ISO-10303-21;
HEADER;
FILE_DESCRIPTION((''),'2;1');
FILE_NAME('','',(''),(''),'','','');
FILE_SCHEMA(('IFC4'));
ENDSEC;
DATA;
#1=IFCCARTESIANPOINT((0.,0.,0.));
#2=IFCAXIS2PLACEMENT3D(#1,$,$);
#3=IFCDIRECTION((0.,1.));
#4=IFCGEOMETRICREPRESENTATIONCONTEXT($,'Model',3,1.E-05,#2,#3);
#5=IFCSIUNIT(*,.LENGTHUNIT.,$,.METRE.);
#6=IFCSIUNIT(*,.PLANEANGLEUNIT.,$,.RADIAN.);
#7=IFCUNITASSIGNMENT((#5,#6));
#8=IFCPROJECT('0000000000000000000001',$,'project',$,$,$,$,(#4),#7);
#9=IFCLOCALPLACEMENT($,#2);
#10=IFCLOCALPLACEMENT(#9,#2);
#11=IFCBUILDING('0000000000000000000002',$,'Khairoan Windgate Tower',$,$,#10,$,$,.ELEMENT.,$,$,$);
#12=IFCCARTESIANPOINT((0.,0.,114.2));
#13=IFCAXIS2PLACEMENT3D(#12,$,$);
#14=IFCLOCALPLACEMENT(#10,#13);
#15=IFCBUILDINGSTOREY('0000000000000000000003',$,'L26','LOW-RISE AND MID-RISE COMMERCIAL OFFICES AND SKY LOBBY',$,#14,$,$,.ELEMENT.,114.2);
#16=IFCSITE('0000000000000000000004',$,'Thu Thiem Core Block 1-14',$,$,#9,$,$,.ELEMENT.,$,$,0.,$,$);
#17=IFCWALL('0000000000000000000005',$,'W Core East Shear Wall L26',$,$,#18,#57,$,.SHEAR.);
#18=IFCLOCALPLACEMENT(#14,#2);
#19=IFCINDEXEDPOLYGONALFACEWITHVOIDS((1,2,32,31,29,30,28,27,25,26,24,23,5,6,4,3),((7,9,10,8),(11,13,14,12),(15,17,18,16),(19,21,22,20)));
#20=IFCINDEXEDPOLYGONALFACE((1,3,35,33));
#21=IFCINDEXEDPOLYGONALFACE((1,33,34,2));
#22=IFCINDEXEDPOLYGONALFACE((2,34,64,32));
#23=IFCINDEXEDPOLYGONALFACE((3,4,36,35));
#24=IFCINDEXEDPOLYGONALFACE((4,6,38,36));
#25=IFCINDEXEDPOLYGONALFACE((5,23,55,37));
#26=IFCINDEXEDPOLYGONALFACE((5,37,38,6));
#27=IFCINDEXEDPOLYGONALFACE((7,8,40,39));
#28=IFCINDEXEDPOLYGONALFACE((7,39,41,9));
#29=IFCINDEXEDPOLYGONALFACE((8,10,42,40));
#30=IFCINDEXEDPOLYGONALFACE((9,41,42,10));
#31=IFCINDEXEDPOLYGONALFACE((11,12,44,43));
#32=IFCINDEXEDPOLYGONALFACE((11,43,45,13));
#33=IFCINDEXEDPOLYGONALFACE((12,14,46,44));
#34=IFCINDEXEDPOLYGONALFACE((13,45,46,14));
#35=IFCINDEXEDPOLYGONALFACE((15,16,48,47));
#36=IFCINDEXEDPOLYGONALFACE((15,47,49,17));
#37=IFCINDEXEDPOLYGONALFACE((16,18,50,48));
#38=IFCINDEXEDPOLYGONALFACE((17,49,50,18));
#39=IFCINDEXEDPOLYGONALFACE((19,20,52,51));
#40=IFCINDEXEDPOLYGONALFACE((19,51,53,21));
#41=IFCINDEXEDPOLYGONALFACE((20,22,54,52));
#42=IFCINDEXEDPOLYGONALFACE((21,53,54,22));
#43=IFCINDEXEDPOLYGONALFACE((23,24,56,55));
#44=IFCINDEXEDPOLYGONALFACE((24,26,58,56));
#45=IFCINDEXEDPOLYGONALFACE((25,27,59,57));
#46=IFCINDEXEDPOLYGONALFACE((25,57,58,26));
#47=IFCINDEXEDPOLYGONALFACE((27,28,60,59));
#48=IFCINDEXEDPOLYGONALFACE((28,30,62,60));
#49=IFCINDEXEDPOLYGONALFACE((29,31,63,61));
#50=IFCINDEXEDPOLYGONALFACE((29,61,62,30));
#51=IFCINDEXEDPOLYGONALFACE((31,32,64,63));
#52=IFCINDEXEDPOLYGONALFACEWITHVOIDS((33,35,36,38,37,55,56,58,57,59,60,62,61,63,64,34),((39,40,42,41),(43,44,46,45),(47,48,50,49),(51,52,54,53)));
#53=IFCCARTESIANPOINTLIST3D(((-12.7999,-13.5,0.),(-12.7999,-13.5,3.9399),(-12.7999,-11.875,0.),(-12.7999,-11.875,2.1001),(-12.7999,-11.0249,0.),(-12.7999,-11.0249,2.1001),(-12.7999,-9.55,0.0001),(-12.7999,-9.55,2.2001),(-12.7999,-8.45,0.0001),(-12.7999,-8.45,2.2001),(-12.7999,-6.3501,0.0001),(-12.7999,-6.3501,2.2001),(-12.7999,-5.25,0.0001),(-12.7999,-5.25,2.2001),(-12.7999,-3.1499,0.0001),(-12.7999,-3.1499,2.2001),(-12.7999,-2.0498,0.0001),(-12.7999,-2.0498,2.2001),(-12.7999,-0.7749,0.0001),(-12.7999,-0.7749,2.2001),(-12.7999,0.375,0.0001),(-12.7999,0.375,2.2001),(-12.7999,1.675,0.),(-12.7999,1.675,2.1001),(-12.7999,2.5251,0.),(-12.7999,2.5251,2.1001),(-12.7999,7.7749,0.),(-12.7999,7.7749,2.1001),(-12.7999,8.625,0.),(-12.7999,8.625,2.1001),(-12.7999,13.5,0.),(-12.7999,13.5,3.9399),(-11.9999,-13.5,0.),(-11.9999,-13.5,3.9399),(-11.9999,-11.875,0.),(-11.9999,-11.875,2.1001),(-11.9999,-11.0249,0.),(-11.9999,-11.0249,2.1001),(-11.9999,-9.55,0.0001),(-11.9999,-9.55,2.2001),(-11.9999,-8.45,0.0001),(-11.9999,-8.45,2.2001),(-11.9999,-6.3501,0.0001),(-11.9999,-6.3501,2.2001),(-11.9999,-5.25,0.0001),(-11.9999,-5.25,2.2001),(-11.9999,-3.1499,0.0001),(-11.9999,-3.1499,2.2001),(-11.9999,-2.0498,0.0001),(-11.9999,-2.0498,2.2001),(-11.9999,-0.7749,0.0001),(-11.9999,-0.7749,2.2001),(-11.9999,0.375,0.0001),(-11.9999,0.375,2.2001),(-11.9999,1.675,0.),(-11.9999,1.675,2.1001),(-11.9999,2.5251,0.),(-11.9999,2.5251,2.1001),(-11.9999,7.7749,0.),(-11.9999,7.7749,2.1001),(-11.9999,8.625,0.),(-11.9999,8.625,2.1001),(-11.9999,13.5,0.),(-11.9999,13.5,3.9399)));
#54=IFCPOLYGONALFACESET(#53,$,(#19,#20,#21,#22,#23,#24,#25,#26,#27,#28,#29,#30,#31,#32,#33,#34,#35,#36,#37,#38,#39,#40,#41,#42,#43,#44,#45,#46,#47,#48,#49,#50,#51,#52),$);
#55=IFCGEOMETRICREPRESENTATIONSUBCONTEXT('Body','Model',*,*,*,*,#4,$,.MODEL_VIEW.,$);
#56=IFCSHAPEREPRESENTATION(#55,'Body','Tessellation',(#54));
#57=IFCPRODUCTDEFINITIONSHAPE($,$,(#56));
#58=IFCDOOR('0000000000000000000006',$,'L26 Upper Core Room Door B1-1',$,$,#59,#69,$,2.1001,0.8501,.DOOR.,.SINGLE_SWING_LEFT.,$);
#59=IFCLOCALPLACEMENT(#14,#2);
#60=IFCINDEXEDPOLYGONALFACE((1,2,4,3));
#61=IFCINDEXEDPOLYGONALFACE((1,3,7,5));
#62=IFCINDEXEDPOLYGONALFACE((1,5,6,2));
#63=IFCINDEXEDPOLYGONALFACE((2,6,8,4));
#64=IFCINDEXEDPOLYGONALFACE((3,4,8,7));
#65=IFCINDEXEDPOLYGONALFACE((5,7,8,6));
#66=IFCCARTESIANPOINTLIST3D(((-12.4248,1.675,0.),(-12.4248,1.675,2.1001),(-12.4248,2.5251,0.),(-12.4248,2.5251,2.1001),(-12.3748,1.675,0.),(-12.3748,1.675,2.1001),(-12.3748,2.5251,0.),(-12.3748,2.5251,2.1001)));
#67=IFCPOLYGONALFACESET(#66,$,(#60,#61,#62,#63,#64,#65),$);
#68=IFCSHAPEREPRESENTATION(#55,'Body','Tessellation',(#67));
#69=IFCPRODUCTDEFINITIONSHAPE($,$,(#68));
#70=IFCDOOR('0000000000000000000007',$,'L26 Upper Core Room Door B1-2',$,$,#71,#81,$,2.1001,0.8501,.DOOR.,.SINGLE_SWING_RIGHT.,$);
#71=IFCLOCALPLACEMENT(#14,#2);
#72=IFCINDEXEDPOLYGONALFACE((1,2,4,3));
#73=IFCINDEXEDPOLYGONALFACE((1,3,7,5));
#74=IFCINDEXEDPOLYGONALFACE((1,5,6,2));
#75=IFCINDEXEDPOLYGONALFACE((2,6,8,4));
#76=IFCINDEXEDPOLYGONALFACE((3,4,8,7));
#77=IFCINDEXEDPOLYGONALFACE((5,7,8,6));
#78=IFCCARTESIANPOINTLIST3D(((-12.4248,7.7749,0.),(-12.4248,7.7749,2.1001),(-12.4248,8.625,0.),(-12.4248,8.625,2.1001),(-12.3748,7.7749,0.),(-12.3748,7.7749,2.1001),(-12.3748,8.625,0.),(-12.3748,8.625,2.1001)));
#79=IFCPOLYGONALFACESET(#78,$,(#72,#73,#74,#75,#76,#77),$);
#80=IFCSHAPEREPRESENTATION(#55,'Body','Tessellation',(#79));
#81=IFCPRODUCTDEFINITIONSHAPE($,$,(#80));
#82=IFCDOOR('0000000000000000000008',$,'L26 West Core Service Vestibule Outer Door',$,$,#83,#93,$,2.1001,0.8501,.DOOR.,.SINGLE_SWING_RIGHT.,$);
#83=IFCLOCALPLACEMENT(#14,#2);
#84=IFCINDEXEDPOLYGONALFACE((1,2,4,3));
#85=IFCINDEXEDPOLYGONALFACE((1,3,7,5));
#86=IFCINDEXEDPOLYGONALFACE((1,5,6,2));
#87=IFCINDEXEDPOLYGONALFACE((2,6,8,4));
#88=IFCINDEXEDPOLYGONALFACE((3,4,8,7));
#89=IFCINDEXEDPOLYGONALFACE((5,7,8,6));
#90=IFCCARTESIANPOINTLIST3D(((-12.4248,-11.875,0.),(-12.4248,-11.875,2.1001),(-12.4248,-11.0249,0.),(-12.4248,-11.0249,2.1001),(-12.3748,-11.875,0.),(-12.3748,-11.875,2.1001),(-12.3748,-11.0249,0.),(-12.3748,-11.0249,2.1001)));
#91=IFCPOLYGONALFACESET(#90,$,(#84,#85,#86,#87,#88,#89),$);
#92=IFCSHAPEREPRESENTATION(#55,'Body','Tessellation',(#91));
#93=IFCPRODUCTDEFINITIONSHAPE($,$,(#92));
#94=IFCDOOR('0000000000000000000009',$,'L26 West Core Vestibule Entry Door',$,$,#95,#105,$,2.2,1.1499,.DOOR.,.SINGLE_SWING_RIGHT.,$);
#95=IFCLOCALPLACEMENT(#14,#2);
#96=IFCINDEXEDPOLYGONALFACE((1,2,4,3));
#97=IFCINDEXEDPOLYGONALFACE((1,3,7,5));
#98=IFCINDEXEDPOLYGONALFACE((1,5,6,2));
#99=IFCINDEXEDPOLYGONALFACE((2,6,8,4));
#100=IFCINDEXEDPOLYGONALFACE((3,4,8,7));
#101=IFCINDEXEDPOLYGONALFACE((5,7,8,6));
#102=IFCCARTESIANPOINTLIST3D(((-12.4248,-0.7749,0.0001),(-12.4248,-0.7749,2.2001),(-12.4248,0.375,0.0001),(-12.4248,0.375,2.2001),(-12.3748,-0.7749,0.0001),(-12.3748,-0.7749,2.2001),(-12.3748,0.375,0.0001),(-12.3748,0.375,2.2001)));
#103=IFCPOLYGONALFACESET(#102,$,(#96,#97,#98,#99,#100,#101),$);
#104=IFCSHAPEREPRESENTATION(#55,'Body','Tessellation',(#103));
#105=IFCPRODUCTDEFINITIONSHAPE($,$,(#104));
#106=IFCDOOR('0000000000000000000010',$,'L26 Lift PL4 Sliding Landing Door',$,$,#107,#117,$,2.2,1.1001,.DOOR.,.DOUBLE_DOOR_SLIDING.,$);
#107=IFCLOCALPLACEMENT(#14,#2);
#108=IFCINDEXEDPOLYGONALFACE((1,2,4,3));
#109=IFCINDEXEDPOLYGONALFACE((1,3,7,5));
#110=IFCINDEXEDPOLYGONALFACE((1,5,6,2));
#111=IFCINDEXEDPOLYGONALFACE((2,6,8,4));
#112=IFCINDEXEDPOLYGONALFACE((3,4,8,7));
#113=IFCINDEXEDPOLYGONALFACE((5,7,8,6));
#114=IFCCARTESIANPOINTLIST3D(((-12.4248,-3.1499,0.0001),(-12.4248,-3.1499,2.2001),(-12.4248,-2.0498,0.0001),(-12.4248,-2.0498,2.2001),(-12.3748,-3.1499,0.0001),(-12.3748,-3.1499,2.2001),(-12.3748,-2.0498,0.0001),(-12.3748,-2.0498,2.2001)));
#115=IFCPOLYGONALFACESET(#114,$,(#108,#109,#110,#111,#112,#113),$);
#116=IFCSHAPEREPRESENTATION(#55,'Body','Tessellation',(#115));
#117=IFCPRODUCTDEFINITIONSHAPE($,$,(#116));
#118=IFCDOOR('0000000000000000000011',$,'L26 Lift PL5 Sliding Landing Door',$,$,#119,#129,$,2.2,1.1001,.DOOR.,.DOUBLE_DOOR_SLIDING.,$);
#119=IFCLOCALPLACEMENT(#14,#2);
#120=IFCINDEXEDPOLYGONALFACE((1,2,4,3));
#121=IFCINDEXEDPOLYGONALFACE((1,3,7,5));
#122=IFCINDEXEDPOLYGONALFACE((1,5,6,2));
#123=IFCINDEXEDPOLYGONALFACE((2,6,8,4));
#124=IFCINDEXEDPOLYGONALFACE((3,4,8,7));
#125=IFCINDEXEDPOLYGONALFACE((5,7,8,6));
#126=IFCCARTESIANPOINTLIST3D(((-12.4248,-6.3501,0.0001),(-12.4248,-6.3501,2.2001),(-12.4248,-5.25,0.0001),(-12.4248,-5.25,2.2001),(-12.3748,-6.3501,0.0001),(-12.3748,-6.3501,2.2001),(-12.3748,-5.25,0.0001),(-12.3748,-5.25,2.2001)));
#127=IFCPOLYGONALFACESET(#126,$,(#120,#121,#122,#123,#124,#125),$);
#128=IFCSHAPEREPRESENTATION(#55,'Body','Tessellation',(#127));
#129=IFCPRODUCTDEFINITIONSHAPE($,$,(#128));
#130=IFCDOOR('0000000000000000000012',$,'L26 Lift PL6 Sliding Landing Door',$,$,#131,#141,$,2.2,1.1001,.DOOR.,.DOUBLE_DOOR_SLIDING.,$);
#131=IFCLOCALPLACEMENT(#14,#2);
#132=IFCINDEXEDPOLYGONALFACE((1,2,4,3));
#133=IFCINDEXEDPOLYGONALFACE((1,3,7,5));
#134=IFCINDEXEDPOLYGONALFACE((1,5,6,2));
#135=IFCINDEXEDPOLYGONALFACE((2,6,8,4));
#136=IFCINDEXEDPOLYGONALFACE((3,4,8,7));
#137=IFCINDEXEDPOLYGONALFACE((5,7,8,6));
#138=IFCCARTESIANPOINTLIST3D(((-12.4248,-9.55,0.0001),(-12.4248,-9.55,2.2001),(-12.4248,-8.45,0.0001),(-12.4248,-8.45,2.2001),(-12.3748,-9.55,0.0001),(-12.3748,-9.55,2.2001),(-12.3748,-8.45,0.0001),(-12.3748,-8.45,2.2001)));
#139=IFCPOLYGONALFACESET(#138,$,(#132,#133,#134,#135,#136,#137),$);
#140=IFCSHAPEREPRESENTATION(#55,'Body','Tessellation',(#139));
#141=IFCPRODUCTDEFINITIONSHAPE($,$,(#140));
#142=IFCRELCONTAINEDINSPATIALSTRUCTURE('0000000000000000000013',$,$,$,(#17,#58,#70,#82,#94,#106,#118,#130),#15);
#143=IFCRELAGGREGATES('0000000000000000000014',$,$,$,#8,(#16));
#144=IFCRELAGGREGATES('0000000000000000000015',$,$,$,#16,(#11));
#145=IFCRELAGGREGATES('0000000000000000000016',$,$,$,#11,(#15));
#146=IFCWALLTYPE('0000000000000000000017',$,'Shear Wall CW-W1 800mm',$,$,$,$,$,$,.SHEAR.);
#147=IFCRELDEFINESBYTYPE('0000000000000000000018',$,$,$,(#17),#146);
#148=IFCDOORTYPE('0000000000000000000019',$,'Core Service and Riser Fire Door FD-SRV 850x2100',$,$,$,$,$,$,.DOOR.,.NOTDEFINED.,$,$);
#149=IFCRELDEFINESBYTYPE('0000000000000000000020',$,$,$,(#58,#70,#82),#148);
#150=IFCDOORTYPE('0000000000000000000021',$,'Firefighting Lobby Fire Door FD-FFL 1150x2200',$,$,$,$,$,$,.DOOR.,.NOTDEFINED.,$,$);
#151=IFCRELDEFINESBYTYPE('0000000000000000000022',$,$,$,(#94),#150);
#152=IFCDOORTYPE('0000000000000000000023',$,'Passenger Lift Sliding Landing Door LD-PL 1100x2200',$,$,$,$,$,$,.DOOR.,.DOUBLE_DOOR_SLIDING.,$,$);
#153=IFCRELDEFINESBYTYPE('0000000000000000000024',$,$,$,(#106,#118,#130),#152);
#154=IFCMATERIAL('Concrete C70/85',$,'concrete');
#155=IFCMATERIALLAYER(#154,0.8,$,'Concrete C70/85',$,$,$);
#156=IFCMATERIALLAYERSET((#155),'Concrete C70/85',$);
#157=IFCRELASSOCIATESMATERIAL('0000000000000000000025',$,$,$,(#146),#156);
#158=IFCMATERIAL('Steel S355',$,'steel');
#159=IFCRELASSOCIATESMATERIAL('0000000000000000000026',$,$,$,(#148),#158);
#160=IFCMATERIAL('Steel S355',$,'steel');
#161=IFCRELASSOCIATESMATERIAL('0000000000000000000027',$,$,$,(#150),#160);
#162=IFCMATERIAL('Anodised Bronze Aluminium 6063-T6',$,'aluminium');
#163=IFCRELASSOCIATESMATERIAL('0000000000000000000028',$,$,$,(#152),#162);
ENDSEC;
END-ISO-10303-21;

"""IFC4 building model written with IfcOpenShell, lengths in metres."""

from ifc_helpers import new_model, si_unit, direction, frame, frame_2d, origin, place, context, subcontext, project, spatial, rectangle, extrude, material, layer, layer_set, type_object, element, fill, save


model = new_model("IFC4")

# Units and contexts
model_context = context("Model", 3, precision=1e-05, world=origin(), true_north=direction((0.0, 1.0)))
body_context = subcontext(model_context, "Body", "Model", "MODEL_VIEW")
ifc_project = project(units=[si_unit("LENGTHUNIT", "METRE"), si_unit("PLANEANGLEUNIT", "RADIAN")], contexts=[model_context])

# Site, building, storey
site_placement = place(None, origin())
site = spatial("IfcSite", under=ifc_project, at=site_placement, Name="Thu Thiem Core Block 1-14", CompositionType="ELEMENT", RefElevation=0.0)
building_placement = place(site_placement, origin())
building = spatial("IfcBuilding", under=site, at=building_placement, Name="Khairoan Windgate Tower", CompositionType="ELEMENT")
storey_placement = place(building_placement, frame((0.0, 0.0, 114.2)))
storey = spatial("IfcBuildingStorey", under=building, at=storey_placement, Name="L26", Description="LOW-RISE AND MID-RISE COMMERCIAL OFFICES AND SKY LOBBY", CompositionType="ELEMENT", Elevation=114.2)

# Wall, openings, doors
ifc_material_1 = material(Name="Concrete C70/85", Category="concrete")
ifc_layer_1 = layer(ifc_material_1, 0.8, Name="Concrete C70/85")
ifc_layer_set_1 = layer_set([ifc_layer_1], Name="Concrete C70/85")
wall_type_1 = type_object("IfcWallType", Name="Shear Wall CW-W1 800mm", PredefinedType="SHEAR", material=ifc_layer_set_1)
wall_1_placement = place(storey_placement, frame((-12.3999, -13.5, 0.0), z_axis=(0.0, 0.0, 1.0), x_axis=(0.0, 1.0, 0.0)))
wall_1 = element("IfcWall", 1, at=wall_1_placement, inside=storey, type_object=wall_type_1, Name="W Core East Shear Wall L26", PredefinedType="SHEAR", context=body_context, shape_type="SweptSolid", body=[
    extrude(rectangle(XDim=27.0, YDim=0.8, at=frame_2d((13.5, 0.0))), origin(), (0.0, 0.0, 1.0), 3.9399),
])
opening_1_placement = place(wall_1_placement, frame((10.3501, 0.0, 0.0)))
opening_1 = element("IfcOpeningElement", 2, at=opening_1_placement, cuts=wall_1, PredefinedType="OPENING", context=body_context, shape_type="SweptSolid", body=[
    extrude(rectangle(XDim=1.1001, YDim=2.2, at=frame_2d((0.55, 1.1001))), frame((0.0, 0.4099, 0.0), z_axis=(0.0, -1.0, 0.0), x_axis=(1.0, 0.0, 0.0)), (0.0, 0.0, 1.0), 0.8201),
])
opening_2_placement = place(wall_1_placement, frame((7.1499, 0.0, 0.0)))
opening_2 = element("IfcOpeningElement", 3, at=opening_2_placement, cuts=wall_1, PredefinedType="OPENING", context=body_context, shape_type="SweptSolid", body=[
    extrude(rectangle(XDim=1.1001, YDim=2.2, at=frame_2d((0.55, 1.1001))), frame((0.0, 0.4099, 0.0), z_axis=(0.0, -1.0, 0.0), x_axis=(1.0, 0.0, 0.0)), (0.0, 0.0, 1.0), 0.8201),
])
opening_3_placement = place(wall_1_placement, frame((3.95, 0.0, 0.0)))
opening_3 = element("IfcOpeningElement", 4, at=opening_3_placement, cuts=wall_1, PredefinedType="OPENING", context=body_context, shape_type="SweptSolid", body=[
    extrude(rectangle(XDim=1.1001, YDim=2.2, at=frame_2d((0.55, 1.1001))), frame((0.0, 0.4099, 0.0), z_axis=(0.0, -1.0, 0.0), x_axis=(1.0, 0.0, 0.0)), (0.0, 0.0, 1.0), 0.8201),
])
opening_4_placement = place(wall_1_placement, frame((15.175, 0.0, 0.0)))
opening_4 = element("IfcOpeningElement", 5, at=opening_4_placement, cuts=wall_1, PredefinedType="OPENING", context=body_context, shape_type="SweptSolid", body=[
    extrude(rectangle(XDim=0.8501, YDim=2.1001, at=frame_2d((0.425, 1.05))), frame((0.0, 0.4099, 0.0), z_axis=(0.0, -1.0, 0.0), x_axis=(1.0, 0.0, 0.0)), (0.0, 0.0, 1.0), 0.8201),
])
opening_5_placement = place(wall_1_placement, frame((21.2749, 0.0, 0.0)))
opening_5 = element("IfcOpeningElement", 6, at=opening_5_placement, cuts=wall_1, PredefinedType="OPENING", context=body_context, shape_type="SweptSolid", body=[
    extrude(rectangle(XDim=0.8501, YDim=2.1001, at=frame_2d((0.425, 1.05))), frame((0.0, 0.4099, 0.0), z_axis=(0.0, -1.0, 0.0), x_axis=(1.0, 0.0, 0.0)), (0.0, 0.0, 1.0), 0.8201),
])
opening_6_placement = place(wall_1_placement, frame((12.7251, 0.0, 0.0)))
opening_6 = element("IfcOpeningElement", 7, at=opening_6_placement, cuts=wall_1, PredefinedType="OPENING", context=body_context, shape_type="SweptSolid", body=[
    extrude(rectangle(XDim=1.1499, YDim=2.2, at=frame_2d((0.575, 1.1001))), frame((0.0, 0.4099, 0.0), z_axis=(0.0, -1.0, 0.0), x_axis=(1.0, 0.0, 0.0)), (0.0, 0.0, 1.0), 0.8201),
])
opening_7_placement = place(wall_1_placement, frame((1.625, 0.0, 0.0)))
opening_7 = element("IfcOpeningElement", 8, at=opening_7_placement, cuts=wall_1, PredefinedType="OPENING", context=body_context, shape_type="SweptSolid", body=[
    extrude(rectangle(XDim=0.8501, YDim=2.1001, at=frame_2d((0.425, 1.05))), frame((0.0, 0.4099, 0.0), z_axis=(0.0, -1.0, 0.0), x_axis=(1.0, 0.0, 0.0)), (0.0, 0.0, 1.0), 0.8201),
])
ifc_material_2 = material(Name="Steel S355", Category="steel")
door_type_1 = type_object("IfcDoorType", Name="Core Service and Riser Fire Door FD-SRV 850x2100", OperationType="NOTDEFINED", PredefinedType="DOOR", material=ifc_material_2)
door_1_placement = place(opening_4_placement, origin())
door_1 = element("IfcDoor", 9, at=door_1_placement, inside=storey, type_object=door_type_1, Name="L26 Upper Core Room Door B1-1", OperationType="SINGLE_SWING_LEFT", OverallHeight=2.1001, OverallWidth=0.8501, PredefinedType="DOOR", context=body_context, shape_type="SweptSolid", body=[
    extrude(rectangle(XDim=0.8501, YDim=2.1001, at=frame_2d((0.425, 1.05))), frame((0.0, 0.0249, 0.0), z_axis=(0.0, -1.0, 0.0), x_axis=(1.0, 0.0, 0.0)), (0.0, 0.0, 1.0), 0.05),
])
fill(opening_4, door_1)
door_2_placement = place(opening_5_placement, origin())
door_2 = element("IfcDoor", 10, at=door_2_placement, inside=storey, type_object=door_type_1, Name="L26 Upper Core Room Door B1-2", OperationType="SINGLE_SWING_RIGHT", OverallHeight=2.1001, OverallWidth=0.8501, PredefinedType="DOOR", context=body_context, shape_type="SweptSolid", body=[
    extrude(rectangle(XDim=0.8501, YDim=2.1001, at=frame_2d((0.425, 1.05))), frame((0.0, 0.0249, 0.0), z_axis=(0.0, -1.0, 0.0), x_axis=(1.0, 0.0, 0.0)), (0.0, 0.0, 1.0), 0.05),
])
fill(opening_5, door_2)
door_3_placement = place(opening_7_placement, origin())
door_3 = element("IfcDoor", 11, at=door_3_placement, inside=storey, type_object=door_type_1, Name="L26 West Core Service Vestibule Outer Door", OperationType="SINGLE_SWING_RIGHT", OverallHeight=2.1001, OverallWidth=0.8501, PredefinedType="DOOR", context=body_context, shape_type="SweptSolid", body=[
    extrude(rectangle(XDim=0.8501, YDim=2.1001, at=frame_2d((0.425, 1.05))), frame((0.0, 0.0249, 0.0), z_axis=(0.0, -1.0, 0.0), x_axis=(1.0, 0.0, 0.0)), (0.0, 0.0, 1.0), 0.05),
])
fill(opening_7, door_3)
ifc_material_3 = material(Name="Steel S355", Category="steel")
door_type_2 = type_object("IfcDoorType", Name="Firefighting Lobby Fire Door FD-FFL 1150x2200", OperationType="NOTDEFINED", PredefinedType="DOOR", material=ifc_material_3)
door_4_placement = place(opening_6_placement, origin())
door_4 = element("IfcDoor", 12, at=door_4_placement, inside=storey, type_object=door_type_2, Name="L26 West Core Vestibule Entry Door", OperationType="SINGLE_SWING_RIGHT", OverallHeight=2.2, OverallWidth=1.1499, PredefinedType="DOOR", context=body_context, shape_type="SweptSolid", body=[
    extrude(rectangle(XDim=1.1499, YDim=2.2, at=frame_2d((0.575, 1.1001))), frame((0.0, 0.0249, 0.0), z_axis=(0.0, -1.0, 0.0), x_axis=(1.0, 0.0, 0.0)), (0.0, 0.0, 1.0), 0.05),
])
fill(opening_6, door_4)
ifc_material_4 = material(Name="Anodised Bronze Aluminium 6063-T6", Category="aluminium")
door_type_3 = type_object("IfcDoorType", Name="Passenger Lift Sliding Landing Door LD-PL 1100x2200", OperationType="DOUBLE_DOOR_SLIDING", PredefinedType="DOOR", material=ifc_material_4)
door_5_placement = place(opening_1_placement, origin())
door_5 = element("IfcDoor", 13, at=door_5_placement, inside=storey, type_object=door_type_3, Name="L26 Lift PL4 Sliding Landing Door", OperationType="DOUBLE_DOOR_SLIDING", OverallHeight=2.2, OverallWidth=1.1001, PredefinedType="DOOR", context=body_context, shape_type="SweptSolid", body=[
    extrude(rectangle(XDim=1.1001, YDim=2.2, at=frame_2d((0.55, 1.1001))), frame((0.0, 0.0249, 0.0), z_axis=(0.0, -1.0, 0.0), x_axis=(1.0, 0.0, 0.0)), (0.0, 0.0, 1.0), 0.05),
])
fill(opening_1, door_5)
door_6_placement = place(opening_2_placement, origin())
door_6 = element("IfcDoor", 14, at=door_6_placement, inside=storey, type_object=door_type_3, Name="L26 Lift PL5 Sliding Landing Door", OperationType="DOUBLE_DOOR_SLIDING", OverallHeight=2.2, OverallWidth=1.1001, PredefinedType="DOOR", context=body_context, shape_type="SweptSolid", body=[
    extrude(rectangle(XDim=1.1001, YDim=2.2, at=frame_2d((0.55, 1.1001))), frame((0.0, 0.0249, 0.0), z_axis=(0.0, -1.0, 0.0), x_axis=(1.0, 0.0, 0.0)), (0.0, 0.0, 1.0), 0.05),
])
fill(opening_2, door_6)
door_7_placement = place(opening_3_placement, origin())
door_7 = element("IfcDoor", 15, at=door_7_placement, inside=storey, type_object=door_type_3, Name="L26 Lift PL6 Sliding Landing Door", OperationType="DOUBLE_DOOR_SLIDING", OverallHeight=2.2, OverallWidth=1.1001, PredefinedType="DOOR", context=body_context, shape_type="SweptSolid", body=[
    extrude(rectangle(XDim=1.1001, YDim=2.2, at=frame_2d((0.55, 1.1001))), frame((0.0, 0.0249, 0.0), z_axis=(0.0, -1.0, 0.0), x_axis=(1.0, 0.0, 0.0)), (0.0, 0.0, 1.0), 0.05),
])
fill(opening_3, door_7)

save(model, "model.ifc")
